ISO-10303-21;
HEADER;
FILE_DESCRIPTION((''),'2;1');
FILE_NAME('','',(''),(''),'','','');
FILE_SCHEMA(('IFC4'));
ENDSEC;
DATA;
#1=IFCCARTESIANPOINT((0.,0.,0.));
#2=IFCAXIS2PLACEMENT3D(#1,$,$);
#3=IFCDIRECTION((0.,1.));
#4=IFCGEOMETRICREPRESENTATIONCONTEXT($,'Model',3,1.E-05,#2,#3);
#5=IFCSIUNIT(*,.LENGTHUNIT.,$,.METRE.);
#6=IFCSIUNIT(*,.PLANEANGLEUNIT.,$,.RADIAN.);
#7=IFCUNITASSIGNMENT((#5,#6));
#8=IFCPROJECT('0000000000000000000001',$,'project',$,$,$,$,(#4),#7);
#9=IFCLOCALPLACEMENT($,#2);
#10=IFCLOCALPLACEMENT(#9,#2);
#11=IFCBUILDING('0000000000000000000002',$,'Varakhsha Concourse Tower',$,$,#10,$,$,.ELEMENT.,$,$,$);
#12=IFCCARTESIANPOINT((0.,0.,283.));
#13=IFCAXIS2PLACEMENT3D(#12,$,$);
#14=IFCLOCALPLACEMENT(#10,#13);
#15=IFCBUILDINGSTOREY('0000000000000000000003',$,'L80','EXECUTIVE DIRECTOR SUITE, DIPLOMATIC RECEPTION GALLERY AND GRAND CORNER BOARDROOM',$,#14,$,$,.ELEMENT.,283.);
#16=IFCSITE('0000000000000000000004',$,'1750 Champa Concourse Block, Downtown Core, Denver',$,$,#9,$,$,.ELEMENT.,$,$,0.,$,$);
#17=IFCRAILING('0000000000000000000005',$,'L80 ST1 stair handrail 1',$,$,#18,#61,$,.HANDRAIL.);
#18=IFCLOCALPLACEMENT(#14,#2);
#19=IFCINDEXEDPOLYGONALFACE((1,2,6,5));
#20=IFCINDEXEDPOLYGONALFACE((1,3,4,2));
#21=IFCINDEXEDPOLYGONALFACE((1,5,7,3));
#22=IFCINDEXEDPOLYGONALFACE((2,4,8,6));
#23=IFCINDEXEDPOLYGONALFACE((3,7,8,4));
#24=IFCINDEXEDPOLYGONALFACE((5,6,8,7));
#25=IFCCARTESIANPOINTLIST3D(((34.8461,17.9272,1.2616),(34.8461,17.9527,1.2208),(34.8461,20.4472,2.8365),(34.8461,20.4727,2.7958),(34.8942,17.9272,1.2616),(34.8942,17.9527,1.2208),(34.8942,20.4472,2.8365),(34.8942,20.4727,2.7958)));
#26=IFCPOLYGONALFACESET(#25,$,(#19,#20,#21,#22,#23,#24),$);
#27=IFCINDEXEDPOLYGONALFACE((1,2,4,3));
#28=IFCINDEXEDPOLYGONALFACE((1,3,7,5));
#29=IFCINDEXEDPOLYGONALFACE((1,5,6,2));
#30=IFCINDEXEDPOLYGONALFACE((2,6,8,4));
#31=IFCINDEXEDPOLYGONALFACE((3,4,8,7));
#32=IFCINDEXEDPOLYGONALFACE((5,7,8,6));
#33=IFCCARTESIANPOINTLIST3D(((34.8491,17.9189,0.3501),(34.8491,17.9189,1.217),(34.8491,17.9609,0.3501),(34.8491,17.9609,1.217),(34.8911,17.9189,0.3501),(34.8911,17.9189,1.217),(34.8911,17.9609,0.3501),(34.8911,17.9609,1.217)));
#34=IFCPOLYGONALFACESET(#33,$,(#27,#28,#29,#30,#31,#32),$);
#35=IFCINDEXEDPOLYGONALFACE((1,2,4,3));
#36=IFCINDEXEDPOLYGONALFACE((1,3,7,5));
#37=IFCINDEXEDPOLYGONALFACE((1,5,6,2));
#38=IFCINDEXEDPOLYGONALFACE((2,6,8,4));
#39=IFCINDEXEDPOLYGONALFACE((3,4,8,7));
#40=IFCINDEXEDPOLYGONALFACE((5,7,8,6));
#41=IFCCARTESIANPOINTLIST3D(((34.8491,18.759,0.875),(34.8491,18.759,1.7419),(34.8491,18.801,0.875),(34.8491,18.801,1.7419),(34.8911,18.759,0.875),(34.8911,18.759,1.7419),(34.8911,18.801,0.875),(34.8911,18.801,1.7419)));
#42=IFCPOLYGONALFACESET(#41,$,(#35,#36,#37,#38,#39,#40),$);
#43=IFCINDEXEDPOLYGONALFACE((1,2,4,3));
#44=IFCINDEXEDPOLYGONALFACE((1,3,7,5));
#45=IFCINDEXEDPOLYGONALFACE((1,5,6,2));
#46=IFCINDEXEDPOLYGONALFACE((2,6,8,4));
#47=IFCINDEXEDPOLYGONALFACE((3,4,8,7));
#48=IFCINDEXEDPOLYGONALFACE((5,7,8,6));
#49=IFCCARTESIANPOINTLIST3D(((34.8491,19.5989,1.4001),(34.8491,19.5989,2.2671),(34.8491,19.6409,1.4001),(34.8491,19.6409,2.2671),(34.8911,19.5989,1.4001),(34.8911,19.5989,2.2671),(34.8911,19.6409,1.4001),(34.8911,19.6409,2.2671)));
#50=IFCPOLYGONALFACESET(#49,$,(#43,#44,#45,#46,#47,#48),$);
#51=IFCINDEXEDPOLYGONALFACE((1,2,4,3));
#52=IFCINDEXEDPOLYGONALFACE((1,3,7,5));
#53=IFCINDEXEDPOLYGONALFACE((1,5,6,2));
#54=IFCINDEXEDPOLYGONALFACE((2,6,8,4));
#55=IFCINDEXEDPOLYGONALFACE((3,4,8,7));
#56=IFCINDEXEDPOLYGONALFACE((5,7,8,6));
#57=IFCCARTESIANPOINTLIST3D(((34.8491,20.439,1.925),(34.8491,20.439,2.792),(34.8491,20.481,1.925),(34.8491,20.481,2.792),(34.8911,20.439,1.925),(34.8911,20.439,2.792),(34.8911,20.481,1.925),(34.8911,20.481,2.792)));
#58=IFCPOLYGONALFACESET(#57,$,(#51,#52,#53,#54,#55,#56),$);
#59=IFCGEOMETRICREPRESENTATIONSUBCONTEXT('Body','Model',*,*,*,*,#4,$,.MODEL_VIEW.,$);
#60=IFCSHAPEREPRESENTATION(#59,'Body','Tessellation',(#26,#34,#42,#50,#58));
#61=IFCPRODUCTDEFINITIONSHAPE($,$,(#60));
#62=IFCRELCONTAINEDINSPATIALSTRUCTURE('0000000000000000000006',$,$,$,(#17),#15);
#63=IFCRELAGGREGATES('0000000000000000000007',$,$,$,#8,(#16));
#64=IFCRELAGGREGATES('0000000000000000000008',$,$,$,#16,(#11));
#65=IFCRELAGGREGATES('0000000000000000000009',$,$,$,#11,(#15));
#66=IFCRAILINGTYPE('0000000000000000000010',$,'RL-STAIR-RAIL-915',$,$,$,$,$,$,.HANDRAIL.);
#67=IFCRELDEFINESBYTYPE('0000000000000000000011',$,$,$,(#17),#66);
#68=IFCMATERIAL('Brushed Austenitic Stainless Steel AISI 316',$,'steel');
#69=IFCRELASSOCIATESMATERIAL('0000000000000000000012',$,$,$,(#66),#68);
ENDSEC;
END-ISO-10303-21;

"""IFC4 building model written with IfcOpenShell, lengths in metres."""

from ifc_helpers import new_model, si_unit, direction, frame, origin, origin_2d, place, context, subcontext, project, spatial, rectangle, extrude, material, type_object, element, save


model = new_model("IFC4")

# Units and contexts
model_context = context("Model", 3, precision=1e-05, world=origin(), true_north=direction((0.0, 1.0)))
body_context = subcontext(model_context, "Body", "Model", "MODEL_VIEW")
ifc_project = project(units=[si_unit("LENGTHUNIT", "METRE"), si_unit("PLANEANGLEUNIT", "RADIAN")], contexts=[model_context])

# Site, building, storey
site_placement = place(None, origin())
site = spatial("IfcSite", under=ifc_project, at=site_placement, Name="1750 Champa Concourse Block, Downtown Core, Denver", CompositionType="ELEMENT", RefElevation=0.0)
building_placement = place(site_placement, origin())
building = spatial("IfcBuilding", under=site, at=building_placement, Name="Varakhsha Concourse Tower", CompositionType="ELEMENT")
storey_placement = place(building_placement, frame((0.0, 0.0, 283.0)))
storey = spatial("IfcBuildingStorey", under=building, at=storey_placement, Name="L80", Description="EXECUTIVE DIRECTOR SUITE, DIPLOMATIC RECEPTION GALLERY AND GRAND CORNER BOARDROOM", CompositionType="ELEMENT", Elevation=283.0)

# Railing
ifc_material_1 = material(Name="Brushed Austenitic Stainless Steel AISI 316", Category="steel")
railing_type_1 = type_object("IfcRailingType", Name="RL-STAIR-RAIL-915", PredefinedType="HANDRAIL", material=ifc_material_1)
railing_1_placement = place(storey_placement, frame((34.8701, 17.9399, 0.3501)))
element("IfcRailing", 1, at=railing_1_placement, inside=storey, type_object=railing_type_1, Name="L80 ST1 stair handrail 1", PredefinedType="HANDRAIL", context=body_context, shape_type="SweptSolid", body=[
    extrude(rectangle(XDim=0.0481, YDim=0.0481, at=origin_2d()), frame((0.0, 0.0, 0.8911), z_axis=(0.0, 0.848008, 0.529984), x_axis=(-1.0, 0.0, 0.0)), (0.0, 0.0, 1.0), 2.9717),
    extrude(rectangle(XDim=0.042, YDim=0.042, at=origin_2d()), origin(), (0.0, 0.0, 1.0), 0.8669),
    extrude(rectangle(XDim=0.042, YDim=0.042, at=origin_2d()), frame((0.0, 0.8401, 0.5249)), (0.0, 0.0, 1.0), 0.8669),
    extrude(rectangle(XDim=0.042, YDim=0.042, at=origin_2d()), frame((0.0, 1.6799, 1.05)), (0.0, 0.0, 1.0), 0.8669),
    extrude(rectangle(XDim=0.042, YDim=0.042, at=origin_2d()), frame((0.0, 2.52, 1.575)), (0.0, 0.0, 1.0), 0.8669),
])

save(model, "model.ifc")
